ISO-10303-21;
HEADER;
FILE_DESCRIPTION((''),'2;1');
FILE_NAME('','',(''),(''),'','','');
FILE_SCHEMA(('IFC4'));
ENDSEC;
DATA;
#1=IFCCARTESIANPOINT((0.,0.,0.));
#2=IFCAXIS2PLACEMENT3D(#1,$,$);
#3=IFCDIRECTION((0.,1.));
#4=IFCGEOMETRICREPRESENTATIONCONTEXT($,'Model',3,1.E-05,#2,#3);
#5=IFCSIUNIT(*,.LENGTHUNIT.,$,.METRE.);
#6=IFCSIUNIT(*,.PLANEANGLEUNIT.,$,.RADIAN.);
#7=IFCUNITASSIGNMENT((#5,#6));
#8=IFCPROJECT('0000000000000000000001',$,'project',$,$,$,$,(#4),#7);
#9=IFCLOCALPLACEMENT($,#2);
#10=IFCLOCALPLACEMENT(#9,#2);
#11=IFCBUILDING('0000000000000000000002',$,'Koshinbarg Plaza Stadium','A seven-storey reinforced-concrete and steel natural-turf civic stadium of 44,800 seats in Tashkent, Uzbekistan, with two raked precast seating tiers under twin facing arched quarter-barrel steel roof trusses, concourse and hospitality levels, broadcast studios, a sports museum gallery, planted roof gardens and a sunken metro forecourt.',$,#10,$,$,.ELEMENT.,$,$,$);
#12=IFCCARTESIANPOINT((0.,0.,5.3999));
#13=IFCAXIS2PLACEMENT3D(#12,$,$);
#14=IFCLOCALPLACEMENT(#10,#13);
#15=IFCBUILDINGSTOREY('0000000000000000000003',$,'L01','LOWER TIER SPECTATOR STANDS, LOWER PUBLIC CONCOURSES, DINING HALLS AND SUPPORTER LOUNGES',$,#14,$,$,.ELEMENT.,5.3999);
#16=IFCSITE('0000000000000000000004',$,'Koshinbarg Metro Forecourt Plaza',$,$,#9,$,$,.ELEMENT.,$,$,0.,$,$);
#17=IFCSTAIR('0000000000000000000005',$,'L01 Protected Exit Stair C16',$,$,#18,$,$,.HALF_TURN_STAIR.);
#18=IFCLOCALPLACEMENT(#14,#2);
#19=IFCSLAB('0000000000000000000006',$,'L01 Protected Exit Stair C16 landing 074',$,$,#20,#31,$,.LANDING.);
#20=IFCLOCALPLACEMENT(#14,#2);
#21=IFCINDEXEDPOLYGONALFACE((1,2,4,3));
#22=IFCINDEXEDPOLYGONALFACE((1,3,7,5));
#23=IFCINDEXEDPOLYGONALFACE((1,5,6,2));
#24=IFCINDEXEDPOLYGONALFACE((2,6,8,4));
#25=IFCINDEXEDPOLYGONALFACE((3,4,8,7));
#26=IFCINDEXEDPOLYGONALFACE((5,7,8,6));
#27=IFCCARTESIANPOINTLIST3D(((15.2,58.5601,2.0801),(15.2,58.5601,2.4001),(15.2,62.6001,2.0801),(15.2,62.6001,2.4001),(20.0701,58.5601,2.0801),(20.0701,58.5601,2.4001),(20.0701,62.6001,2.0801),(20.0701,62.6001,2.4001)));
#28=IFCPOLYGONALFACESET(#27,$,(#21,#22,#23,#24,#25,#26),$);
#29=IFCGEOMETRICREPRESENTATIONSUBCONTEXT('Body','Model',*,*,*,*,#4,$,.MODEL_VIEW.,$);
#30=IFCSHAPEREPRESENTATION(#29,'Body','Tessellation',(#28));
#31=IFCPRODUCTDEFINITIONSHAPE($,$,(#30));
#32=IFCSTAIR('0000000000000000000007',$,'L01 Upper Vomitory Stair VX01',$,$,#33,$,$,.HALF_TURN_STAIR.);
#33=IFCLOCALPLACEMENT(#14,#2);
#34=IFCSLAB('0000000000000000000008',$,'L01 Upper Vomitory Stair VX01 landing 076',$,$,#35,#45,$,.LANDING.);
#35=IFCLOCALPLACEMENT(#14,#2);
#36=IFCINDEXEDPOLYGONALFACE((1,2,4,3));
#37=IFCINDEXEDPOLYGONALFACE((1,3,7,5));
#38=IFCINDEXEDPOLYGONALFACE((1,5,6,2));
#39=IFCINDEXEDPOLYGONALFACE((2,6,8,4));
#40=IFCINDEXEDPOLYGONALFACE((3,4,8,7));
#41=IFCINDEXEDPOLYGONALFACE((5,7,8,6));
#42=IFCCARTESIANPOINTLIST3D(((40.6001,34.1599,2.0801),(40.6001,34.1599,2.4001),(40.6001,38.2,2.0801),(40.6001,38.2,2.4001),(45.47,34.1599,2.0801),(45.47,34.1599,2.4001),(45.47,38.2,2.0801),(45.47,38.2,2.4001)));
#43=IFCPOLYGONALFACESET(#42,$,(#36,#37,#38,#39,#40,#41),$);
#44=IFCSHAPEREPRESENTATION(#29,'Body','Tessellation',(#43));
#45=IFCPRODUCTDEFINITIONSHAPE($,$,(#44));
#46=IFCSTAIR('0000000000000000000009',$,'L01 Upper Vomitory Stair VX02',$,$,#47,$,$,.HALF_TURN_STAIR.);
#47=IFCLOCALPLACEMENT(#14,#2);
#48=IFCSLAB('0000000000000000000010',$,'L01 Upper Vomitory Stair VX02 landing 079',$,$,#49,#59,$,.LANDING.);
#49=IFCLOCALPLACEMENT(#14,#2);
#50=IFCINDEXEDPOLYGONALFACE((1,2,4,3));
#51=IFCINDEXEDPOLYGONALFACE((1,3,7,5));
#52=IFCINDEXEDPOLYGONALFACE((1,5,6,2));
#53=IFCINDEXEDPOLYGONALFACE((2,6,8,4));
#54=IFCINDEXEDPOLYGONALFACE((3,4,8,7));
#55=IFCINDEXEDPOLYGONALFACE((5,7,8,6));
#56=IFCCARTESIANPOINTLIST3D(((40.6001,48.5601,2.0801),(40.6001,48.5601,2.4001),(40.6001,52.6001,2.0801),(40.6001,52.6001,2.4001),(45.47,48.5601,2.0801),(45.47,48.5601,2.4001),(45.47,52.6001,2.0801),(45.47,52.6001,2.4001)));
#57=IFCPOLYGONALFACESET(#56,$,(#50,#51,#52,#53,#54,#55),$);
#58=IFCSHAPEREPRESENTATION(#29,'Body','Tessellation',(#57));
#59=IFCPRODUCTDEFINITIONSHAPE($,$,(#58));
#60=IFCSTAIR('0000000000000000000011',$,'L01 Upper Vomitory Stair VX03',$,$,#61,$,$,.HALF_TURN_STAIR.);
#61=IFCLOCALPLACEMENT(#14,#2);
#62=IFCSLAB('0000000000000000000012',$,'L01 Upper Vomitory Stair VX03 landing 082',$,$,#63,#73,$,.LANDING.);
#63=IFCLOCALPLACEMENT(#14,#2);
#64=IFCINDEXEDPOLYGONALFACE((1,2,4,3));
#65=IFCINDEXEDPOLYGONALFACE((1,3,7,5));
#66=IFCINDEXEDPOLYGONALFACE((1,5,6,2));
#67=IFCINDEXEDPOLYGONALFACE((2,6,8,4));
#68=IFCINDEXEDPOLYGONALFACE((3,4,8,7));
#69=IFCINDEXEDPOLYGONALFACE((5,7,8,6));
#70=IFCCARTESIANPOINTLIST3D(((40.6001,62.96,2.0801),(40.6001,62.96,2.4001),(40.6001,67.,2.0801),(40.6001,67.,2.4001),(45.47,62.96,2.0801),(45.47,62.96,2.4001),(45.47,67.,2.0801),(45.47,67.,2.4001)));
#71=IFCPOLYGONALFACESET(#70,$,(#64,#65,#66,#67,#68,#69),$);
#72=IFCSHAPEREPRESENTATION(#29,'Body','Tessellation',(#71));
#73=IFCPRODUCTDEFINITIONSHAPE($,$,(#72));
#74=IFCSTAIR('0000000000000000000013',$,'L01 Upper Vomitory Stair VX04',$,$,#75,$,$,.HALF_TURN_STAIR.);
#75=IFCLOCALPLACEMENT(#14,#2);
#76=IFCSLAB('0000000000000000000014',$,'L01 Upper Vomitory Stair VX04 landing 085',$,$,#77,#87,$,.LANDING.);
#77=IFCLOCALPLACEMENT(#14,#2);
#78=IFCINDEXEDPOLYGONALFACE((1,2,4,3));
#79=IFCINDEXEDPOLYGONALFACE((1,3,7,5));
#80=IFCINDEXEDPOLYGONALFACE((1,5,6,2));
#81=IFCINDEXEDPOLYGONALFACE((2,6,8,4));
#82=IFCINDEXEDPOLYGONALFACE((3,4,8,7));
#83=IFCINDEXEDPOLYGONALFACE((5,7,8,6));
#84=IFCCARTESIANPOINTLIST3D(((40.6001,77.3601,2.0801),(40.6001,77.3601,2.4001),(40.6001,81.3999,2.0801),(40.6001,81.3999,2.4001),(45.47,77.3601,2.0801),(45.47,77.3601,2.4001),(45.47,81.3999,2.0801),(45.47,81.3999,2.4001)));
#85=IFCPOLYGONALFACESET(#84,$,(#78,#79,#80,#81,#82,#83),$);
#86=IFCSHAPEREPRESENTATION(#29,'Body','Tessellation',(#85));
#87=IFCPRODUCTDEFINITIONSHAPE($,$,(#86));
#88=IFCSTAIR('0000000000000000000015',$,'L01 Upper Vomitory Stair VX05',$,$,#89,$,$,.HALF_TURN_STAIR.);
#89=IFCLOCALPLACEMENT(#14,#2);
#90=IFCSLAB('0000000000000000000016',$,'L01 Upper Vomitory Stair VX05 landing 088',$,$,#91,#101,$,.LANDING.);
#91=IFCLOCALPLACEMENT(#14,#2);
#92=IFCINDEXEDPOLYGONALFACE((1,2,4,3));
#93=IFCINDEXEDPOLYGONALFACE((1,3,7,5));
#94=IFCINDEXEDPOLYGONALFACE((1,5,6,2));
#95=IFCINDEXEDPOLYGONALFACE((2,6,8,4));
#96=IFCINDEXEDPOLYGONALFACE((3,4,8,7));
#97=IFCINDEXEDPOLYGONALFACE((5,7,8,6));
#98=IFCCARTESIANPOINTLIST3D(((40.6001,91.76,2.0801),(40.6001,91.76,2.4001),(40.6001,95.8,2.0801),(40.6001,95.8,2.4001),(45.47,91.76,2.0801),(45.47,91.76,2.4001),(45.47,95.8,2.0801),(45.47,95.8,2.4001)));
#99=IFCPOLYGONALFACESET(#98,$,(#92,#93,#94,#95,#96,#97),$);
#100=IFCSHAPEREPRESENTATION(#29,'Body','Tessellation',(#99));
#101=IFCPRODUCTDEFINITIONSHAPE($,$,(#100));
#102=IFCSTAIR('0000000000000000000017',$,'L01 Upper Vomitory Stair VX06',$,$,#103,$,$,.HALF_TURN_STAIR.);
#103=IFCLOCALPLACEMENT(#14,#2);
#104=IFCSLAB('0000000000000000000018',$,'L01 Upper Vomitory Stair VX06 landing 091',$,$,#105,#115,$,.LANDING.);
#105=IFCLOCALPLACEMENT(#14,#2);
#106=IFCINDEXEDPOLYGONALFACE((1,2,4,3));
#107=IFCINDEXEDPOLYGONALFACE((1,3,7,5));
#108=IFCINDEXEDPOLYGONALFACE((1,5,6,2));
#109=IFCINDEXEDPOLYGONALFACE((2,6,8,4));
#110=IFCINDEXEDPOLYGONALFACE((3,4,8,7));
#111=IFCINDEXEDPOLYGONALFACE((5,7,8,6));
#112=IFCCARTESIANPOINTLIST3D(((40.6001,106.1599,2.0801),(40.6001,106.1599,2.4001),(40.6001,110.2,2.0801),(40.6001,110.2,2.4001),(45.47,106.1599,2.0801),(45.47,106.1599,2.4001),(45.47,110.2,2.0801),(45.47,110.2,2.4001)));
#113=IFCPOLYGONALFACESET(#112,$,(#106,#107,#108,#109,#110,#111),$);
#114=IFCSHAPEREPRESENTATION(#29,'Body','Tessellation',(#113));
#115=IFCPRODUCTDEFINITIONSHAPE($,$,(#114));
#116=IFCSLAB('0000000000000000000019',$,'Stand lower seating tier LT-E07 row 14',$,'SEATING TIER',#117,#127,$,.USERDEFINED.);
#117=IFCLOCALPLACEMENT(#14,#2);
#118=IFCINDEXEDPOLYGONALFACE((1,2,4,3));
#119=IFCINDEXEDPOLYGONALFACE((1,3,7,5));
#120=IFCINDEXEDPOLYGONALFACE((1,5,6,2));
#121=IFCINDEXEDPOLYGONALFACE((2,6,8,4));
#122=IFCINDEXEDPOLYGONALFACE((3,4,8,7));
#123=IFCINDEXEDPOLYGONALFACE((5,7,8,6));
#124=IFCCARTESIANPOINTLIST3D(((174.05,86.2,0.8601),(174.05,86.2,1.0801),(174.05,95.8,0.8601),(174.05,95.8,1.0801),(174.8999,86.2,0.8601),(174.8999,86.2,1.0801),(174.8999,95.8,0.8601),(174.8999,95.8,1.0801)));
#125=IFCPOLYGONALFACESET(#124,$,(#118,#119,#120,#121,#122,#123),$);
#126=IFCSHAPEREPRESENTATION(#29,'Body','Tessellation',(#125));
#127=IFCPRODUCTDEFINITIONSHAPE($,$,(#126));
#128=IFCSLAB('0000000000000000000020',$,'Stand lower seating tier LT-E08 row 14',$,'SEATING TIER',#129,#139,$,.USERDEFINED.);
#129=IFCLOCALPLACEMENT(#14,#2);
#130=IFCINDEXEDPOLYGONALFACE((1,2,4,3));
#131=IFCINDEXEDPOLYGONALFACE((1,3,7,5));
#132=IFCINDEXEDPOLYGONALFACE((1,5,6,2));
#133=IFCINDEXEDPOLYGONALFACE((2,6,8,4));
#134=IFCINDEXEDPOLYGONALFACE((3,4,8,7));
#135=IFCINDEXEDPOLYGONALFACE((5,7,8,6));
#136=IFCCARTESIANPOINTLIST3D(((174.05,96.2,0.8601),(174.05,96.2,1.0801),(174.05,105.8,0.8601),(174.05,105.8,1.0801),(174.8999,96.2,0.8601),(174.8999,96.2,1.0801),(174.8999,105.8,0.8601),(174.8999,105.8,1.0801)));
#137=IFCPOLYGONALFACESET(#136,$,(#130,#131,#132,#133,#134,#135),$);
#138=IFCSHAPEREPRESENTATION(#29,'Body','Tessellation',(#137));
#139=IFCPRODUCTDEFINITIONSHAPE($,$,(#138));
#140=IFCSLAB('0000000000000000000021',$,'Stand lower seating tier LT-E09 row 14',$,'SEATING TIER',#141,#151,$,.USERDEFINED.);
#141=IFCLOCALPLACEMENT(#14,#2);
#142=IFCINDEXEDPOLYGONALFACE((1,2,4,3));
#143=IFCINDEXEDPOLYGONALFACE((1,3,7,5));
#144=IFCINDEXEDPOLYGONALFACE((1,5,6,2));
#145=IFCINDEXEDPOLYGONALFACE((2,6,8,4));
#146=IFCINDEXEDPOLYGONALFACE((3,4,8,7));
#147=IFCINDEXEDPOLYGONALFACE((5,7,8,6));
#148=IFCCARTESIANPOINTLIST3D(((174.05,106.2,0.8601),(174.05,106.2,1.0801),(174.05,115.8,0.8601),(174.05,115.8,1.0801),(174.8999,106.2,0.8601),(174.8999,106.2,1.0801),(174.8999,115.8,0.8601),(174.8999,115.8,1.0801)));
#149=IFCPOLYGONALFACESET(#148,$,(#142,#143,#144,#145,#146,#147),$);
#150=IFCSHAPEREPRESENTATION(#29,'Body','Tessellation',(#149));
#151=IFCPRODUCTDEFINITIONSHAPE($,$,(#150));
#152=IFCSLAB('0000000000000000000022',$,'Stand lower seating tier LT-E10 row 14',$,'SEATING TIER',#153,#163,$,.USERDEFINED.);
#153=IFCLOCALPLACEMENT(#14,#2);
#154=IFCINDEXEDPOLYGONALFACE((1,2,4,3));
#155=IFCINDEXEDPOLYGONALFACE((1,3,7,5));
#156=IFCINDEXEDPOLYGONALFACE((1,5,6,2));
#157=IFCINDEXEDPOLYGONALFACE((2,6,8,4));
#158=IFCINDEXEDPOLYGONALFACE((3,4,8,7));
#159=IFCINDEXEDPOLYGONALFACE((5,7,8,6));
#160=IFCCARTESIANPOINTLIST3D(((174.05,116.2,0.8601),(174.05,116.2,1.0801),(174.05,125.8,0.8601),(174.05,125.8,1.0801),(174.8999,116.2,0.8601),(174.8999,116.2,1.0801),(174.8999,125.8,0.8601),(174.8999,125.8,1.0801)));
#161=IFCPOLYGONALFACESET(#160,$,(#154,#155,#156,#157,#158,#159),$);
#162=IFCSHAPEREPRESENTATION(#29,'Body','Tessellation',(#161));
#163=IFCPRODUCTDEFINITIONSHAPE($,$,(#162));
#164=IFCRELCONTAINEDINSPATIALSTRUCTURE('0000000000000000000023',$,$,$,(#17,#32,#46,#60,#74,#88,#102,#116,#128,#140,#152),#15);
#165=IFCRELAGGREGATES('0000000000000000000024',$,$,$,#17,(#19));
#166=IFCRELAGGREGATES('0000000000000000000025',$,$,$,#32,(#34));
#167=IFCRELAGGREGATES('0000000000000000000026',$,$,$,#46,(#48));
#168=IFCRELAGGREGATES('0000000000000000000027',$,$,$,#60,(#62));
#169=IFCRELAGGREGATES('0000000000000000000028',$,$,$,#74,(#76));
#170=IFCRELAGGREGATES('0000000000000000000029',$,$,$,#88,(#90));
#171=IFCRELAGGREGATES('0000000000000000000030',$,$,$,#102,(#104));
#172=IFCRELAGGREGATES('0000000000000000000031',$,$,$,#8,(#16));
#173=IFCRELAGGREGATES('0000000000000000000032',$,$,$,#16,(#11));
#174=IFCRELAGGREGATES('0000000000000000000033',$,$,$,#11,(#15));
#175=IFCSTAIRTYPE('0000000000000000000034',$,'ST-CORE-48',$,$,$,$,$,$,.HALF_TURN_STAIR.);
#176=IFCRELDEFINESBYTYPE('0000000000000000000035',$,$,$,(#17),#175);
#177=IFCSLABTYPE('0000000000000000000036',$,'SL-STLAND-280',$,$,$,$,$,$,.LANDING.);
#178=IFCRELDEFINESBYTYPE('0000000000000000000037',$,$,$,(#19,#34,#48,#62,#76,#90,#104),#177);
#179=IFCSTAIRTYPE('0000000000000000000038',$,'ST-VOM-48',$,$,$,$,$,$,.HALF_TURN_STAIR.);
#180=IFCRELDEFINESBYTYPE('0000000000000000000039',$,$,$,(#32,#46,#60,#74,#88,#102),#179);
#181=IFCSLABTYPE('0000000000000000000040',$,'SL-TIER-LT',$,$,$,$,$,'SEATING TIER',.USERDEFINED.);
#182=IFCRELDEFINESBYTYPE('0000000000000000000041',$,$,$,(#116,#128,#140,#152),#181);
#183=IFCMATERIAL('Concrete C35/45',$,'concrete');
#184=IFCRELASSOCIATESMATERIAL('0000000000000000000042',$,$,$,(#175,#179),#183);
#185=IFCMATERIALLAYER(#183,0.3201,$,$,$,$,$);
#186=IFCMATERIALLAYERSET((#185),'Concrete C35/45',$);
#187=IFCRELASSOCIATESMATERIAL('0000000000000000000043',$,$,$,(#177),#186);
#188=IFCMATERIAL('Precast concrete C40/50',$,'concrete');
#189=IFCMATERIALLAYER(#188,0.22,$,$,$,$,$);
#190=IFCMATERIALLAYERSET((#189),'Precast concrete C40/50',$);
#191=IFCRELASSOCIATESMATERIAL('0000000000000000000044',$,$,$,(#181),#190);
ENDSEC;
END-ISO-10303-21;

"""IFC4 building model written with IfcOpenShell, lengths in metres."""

from ifc_helpers import new_model, si_unit, direction, frame, origin, place, context, subcontext, project, spatial, polyline, outline, extrude, material, layer, layer_set, type_object, element, aggregate, save


model = new_model("IFC4")

# Units and contexts
model_context = context("Model", 3, precision=1e-05, world=origin(), true_north=direction((0.0, 1.0)))
body_context = subcontext(model_context, "Body", "Model", "MODEL_VIEW")
ifc_project = project(units=[si_unit("LENGTHUNIT", "METRE"), si_unit("PLANEANGLEUNIT", "RADIAN")], contexts=[model_context])

# Site, building, storey
site_placement = place(None, origin())
site = spatial("IfcSite", under=ifc_project, at=site_placement, Name="Koshinbarg Metro Forecourt Plaza", CompositionType="ELEMENT", RefElevation=0.0)
building_placement = place(site_placement, origin())
building = spatial("IfcBuilding", under=site, at=building_placement, Name="Koshinbarg Plaza Stadium", Description="A seven-storey reinforced-concrete and steel natural-turf civic stadium of 44,800 seats in Tashkent, Uzbekistan, with two raked precast seating tiers under twin facing arched quarter-barrel steel roof trusses, concourse and hospitality levels, broadcast studios, a sports museum gallery, planted roof gardens and a sunken metro forecourt.", CompositionType="ELEMENT")
storey_placement = place(building_placement, frame((0.0, 0.0, 5.3999)))
storey = spatial("IfcBuildingStorey", under=building, at=storey_placement, Name="L01", Description="LOWER TIER SPECTATOR STANDS, LOWER PUBLIC CONCOURSES, DINING HALLS AND SUPPORTER LOUNGES", CompositionType="ELEMENT", Elevation=5.3999)

# Stairs, slabs
ifc_material_1 = material(Name="Concrete C35/45", Category="concrete")
stair_type_1 = type_object("IfcStairType", Name="ST-CORE-48", PredefinedType="HALF_TURN_STAIR", material=ifc_material_1)
ifc_layer_1 = layer(ifc_material_1, 0.3201)
ifc_layer_set_1 = layer_set([ifc_layer_1], Name="Concrete C35/45")
slab_type_1 = type_object("IfcSlabType", Name="SL-STLAND-280", PredefinedType="LANDING", material=ifc_layer_set_1)
stair_1_placement = place(storey_placement, origin())
stair_1 = element("IfcStair", 1, at=stair_1_placement, inside=storey, type_object=stair_type_1, Name="L01 Protected Exit Stair C16", PredefinedType="HALF_TURN_STAIR")
slab_1_placement = place(storey_placement, frame((0.0, 0.0, 2.0801)))
slab_1 = element("IfcSlab", 2, at=slab_1_placement, type_object=slab_type_1, Name="L01 Protected Exit Stair C16 landing 074", PredefinedType="LANDING", context=body_context, shape_type="SweptSolid", body=[
    extrude(outline(polyline([(20.0701, 58.5601), (20.0701, 62.6001), (15.2, 62.6001), (15.2, 58.5601), (20.0701, 58.5601)])), origin(), (0.0, 0.0, 1.0), 0.3201),
])
aggregate(stair_1, [slab_1])
stair_type_2 = type_object("IfcStairType", Name="ST-VOM-48", PredefinedType="HALF_TURN_STAIR", material=ifc_material_1)
stair_2_placement = place(storey_placement, origin())
stair_2 = element("IfcStair", 3, at=stair_2_placement, inside=storey, type_object=stair_type_2, Name="L01 Upper Vomitory Stair VX01", PredefinedType="HALF_TURN_STAIR")
slab_2_placement = place(storey_placement, frame((0.0, 0.0, 2.0801)))
slab_2 = element("IfcSlab", 4, at=slab_2_placement, type_object=slab_type_1, Name="L01 Upper Vomitory Stair VX01 landing 076", PredefinedType="LANDING", context=body_context, shape_type="SweptSolid", body=[
    extrude(outline(polyline([(45.47, 34.1599), (45.47, 38.2), (40.6001, 38.2), (40.6001, 34.1599), (45.47, 34.1599)])), origin(), (0.0, 0.0, 1.0), 0.3201),
])
aggregate(stair_2, [slab_2])
stair_3_placement = place(storey_placement, origin())
stair_3 = element("IfcStair", 5, at=stair_3_placement, inside=storey, type_object=stair_type_2, Name="L01 Upper Vomitory Stair VX02", PredefinedType="HALF_TURN_STAIR")
slab_3_placement = place(storey_placement, frame((0.0, 0.0, 2.0801)))
slab_3 = element("IfcSlab", 6, at=slab_3_placement, type_object=slab_type_1, Name="L01 Upper Vomitory Stair VX02 landing 079", PredefinedType="LANDING", context=body_context, shape_type="SweptSolid", body=[
    extrude(outline(polyline([(45.47, 48.5601), (45.47, 52.6001), (40.6001, 52.6001), (40.6001, 48.5601), (45.47, 48.5601)])), origin(), (0.0, 0.0, 1.0), 0.3201),
])
aggregate(stair_3, [slab_3])
stair_4_placement = place(storey_placement, origin())
stair_4 = element("IfcStair", 7, at=stair_4_placement, inside=storey, type_object=stair_type_2, Name="L01 Upper Vomitory Stair VX03", PredefinedType="HALF_TURN_STAIR")
slab_4_placement = place(storey_placement, frame((0.0, 0.0, 2.0801)))
slab_4 = element("IfcSlab", 8, at=slab_4_placement, type_object=slab_type_1, Name="L01 Upper Vomitory Stair VX03 landing 082", PredefinedType="LANDING", context=body_context, shape_type="SweptSolid", body=[
    extrude(outline(polyline([(45.47, 62.96), (45.47, 67.0), (40.6001, 67.0), (40.6001, 62.96), (45.47, 62.96)])), origin(), (0.0, 0.0, 1.0), 0.3201),
])
aggregate(stair_4, [slab_4])
stair_5_placement = place(storey_placement, origin())
stair_5 = element("IfcStair", 9, at=stair_5_placement, inside=storey, type_object=stair_type_2, Name="L01 Upper Vomitory Stair VX04", PredefinedType="HALF_TURN_STAIR")
slab_5_placement = place(storey_placement, frame((0.0, 0.0, 2.0801)))
slab_5 = element("IfcSlab", 10, at=slab_5_placement, type_object=slab_type_1, Name="L01 Upper Vomitory Stair VX04 landing 085", PredefinedType="LANDING", context=body_context, shape_type="SweptSolid", body=[
    extrude(outline(polyline([(45.47, 77.3601), (45.47, 81.3999), (40.6001, 81.3999), (40.6001, 77.3601), (45.47, 77.3601)])), origin(), (0.0, 0.0, 1.0), 0.3201),
])
aggregate(stair_5, [slab_5])
stair_6_placement = place(storey_placement, origin())
stair_6 = element("IfcStair", 11, at=stair_6_placement, inside=storey, type_object=stair_type_2, Name="L01 Upper Vomitory Stair VX05", PredefinedType="HALF_TURN_STAIR")
slab_6_placement = place(storey_placement, frame((0.0, 0.0, 2.0801)))
slab_6 = element("IfcSlab", 12, at=slab_6_placement, type_object=slab_type_1, Name="L01 Upper Vomitory Stair VX05 landing 088", PredefinedType="LANDING", context=body_context, shape_type="SweptSolid", body=[
    extrude(outline(polyline([(45.47, 91.76), (45.47, 95.8), (40.6001, 95.8), (40.6001, 91.76), (45.47, 91.76)])), origin(), (0.0, 0.0, 1.0), 0.3201),
])
aggregate(stair_6, [slab_6])
stair_7_placement = place(storey_placement, origin())
stair_7 = element("IfcStair", 13, at=stair_7_placement, inside=storey, type_object=stair_type_2, Name="L01 Upper Vomitory Stair VX06", PredefinedType="HALF_TURN_STAIR")
slab_7_placement = place(storey_placement, frame((0.0, 0.0, 2.0801)))
slab_7 = element("IfcSlab", 14, at=slab_7_placement, type_object=slab_type_1, Name="L01 Upper Vomitory Stair VX06 landing 091", PredefinedType="LANDING", context=body_context, shape_type="SweptSolid", body=[
    extrude(outline(polyline([(45.47, 106.1599), (45.47, 110.2), (40.6001, 110.2), (40.6001, 106.1599), (45.47, 106.1599)])), origin(), (0.0, 0.0, 1.0), 0.3201),
])
aggregate(stair_7, [slab_7])

# Slabs
ifc_material_2 = material(Name="Precast concrete C40/50", Category="concrete")
ifc_layer_2 = layer(ifc_material_2, 0.22)
ifc_layer_set_2 = layer_set([ifc_layer_2], Name="Precast concrete C40/50")
slab_type_2 = type_object("IfcSlabType", Name="SL-TIER-LT", ElementType="SEATING TIER", PredefinedType="USERDEFINED", material=ifc_layer_set_2)
slab_8_placement = place(storey_placement, frame((0.0, 0.0, 0.8601)))
element("IfcSlab", 15, at=slab_8_placement, inside=storey, type_object=slab_type_2, Name="Stand lower seating tier LT-E07 row 14", ObjectType="SEATING TIER", PredefinedType="USERDEFINED", context=body_context, shape_type="SweptSolid", body=[
    extrude(outline(polyline([(174.05, 86.2), (174.8999, 86.2), (174.8999, 95.8), (174.05, 95.8), (174.05, 86.2)])), origin(), (0.0, 0.0, 1.0), 0.22),
])
slab_9_placement = place(storey_placement, frame((0.0, 0.0, 0.8601)))
element("IfcSlab", 16, at=slab_9_placement, inside=storey, type_object=slab_type_2, Name="Stand lower seating tier LT-E08 row 14", ObjectType="SEATING TIER", PredefinedType="USERDEFINED", context=body_context, shape_type="SweptSolid", body=[
    extrude(outline(polyline([(174.05, 96.2), (174.8999, 96.2), (174.8999, 105.8), (174.05, 105.8), (174.05, 96.2)])), origin(), (0.0, 0.0, 1.0), 0.22),
])
slab_10_placement = place(storey_placement, frame((0.0, 0.0, 0.8601)))
element("IfcSlab", 17, at=slab_10_placement, inside=storey, type_object=slab_type_2, Name="Stand lower seating tier LT-E09 row 14", ObjectType="SEATING TIER", PredefinedType="USERDEFINED", context=body_context, shape_type="SweptSolid", body=[
    extrude(outline(polyline([(174.05, 106.2), (174.8999, 106.2), (174.8999, 115.8), (174.05, 115.8), (174.05, 106.2)])), origin(), (0.0, 0.0, 1.0), 0.22),
])
slab_11_placement = place(storey_placement, frame((0.0, 0.0, 0.8601)))
element("IfcSlab", 18, at=slab_11_placement, inside=storey, type_object=slab_type_2, Name="Stand lower seating tier LT-E10 row 14", ObjectType="SEATING TIER", PredefinedType="USERDEFINED", context=body_context, shape_type="SweptSolid", body=[
    extrude(outline(polyline([(174.05, 116.2), (174.8999, 116.2), (174.8999, 125.8), (174.05, 125.8), (174.05, 116.2)])), origin(), (0.0, 0.0, 1.0), 0.22),
])

save(model, "model.ifc")
